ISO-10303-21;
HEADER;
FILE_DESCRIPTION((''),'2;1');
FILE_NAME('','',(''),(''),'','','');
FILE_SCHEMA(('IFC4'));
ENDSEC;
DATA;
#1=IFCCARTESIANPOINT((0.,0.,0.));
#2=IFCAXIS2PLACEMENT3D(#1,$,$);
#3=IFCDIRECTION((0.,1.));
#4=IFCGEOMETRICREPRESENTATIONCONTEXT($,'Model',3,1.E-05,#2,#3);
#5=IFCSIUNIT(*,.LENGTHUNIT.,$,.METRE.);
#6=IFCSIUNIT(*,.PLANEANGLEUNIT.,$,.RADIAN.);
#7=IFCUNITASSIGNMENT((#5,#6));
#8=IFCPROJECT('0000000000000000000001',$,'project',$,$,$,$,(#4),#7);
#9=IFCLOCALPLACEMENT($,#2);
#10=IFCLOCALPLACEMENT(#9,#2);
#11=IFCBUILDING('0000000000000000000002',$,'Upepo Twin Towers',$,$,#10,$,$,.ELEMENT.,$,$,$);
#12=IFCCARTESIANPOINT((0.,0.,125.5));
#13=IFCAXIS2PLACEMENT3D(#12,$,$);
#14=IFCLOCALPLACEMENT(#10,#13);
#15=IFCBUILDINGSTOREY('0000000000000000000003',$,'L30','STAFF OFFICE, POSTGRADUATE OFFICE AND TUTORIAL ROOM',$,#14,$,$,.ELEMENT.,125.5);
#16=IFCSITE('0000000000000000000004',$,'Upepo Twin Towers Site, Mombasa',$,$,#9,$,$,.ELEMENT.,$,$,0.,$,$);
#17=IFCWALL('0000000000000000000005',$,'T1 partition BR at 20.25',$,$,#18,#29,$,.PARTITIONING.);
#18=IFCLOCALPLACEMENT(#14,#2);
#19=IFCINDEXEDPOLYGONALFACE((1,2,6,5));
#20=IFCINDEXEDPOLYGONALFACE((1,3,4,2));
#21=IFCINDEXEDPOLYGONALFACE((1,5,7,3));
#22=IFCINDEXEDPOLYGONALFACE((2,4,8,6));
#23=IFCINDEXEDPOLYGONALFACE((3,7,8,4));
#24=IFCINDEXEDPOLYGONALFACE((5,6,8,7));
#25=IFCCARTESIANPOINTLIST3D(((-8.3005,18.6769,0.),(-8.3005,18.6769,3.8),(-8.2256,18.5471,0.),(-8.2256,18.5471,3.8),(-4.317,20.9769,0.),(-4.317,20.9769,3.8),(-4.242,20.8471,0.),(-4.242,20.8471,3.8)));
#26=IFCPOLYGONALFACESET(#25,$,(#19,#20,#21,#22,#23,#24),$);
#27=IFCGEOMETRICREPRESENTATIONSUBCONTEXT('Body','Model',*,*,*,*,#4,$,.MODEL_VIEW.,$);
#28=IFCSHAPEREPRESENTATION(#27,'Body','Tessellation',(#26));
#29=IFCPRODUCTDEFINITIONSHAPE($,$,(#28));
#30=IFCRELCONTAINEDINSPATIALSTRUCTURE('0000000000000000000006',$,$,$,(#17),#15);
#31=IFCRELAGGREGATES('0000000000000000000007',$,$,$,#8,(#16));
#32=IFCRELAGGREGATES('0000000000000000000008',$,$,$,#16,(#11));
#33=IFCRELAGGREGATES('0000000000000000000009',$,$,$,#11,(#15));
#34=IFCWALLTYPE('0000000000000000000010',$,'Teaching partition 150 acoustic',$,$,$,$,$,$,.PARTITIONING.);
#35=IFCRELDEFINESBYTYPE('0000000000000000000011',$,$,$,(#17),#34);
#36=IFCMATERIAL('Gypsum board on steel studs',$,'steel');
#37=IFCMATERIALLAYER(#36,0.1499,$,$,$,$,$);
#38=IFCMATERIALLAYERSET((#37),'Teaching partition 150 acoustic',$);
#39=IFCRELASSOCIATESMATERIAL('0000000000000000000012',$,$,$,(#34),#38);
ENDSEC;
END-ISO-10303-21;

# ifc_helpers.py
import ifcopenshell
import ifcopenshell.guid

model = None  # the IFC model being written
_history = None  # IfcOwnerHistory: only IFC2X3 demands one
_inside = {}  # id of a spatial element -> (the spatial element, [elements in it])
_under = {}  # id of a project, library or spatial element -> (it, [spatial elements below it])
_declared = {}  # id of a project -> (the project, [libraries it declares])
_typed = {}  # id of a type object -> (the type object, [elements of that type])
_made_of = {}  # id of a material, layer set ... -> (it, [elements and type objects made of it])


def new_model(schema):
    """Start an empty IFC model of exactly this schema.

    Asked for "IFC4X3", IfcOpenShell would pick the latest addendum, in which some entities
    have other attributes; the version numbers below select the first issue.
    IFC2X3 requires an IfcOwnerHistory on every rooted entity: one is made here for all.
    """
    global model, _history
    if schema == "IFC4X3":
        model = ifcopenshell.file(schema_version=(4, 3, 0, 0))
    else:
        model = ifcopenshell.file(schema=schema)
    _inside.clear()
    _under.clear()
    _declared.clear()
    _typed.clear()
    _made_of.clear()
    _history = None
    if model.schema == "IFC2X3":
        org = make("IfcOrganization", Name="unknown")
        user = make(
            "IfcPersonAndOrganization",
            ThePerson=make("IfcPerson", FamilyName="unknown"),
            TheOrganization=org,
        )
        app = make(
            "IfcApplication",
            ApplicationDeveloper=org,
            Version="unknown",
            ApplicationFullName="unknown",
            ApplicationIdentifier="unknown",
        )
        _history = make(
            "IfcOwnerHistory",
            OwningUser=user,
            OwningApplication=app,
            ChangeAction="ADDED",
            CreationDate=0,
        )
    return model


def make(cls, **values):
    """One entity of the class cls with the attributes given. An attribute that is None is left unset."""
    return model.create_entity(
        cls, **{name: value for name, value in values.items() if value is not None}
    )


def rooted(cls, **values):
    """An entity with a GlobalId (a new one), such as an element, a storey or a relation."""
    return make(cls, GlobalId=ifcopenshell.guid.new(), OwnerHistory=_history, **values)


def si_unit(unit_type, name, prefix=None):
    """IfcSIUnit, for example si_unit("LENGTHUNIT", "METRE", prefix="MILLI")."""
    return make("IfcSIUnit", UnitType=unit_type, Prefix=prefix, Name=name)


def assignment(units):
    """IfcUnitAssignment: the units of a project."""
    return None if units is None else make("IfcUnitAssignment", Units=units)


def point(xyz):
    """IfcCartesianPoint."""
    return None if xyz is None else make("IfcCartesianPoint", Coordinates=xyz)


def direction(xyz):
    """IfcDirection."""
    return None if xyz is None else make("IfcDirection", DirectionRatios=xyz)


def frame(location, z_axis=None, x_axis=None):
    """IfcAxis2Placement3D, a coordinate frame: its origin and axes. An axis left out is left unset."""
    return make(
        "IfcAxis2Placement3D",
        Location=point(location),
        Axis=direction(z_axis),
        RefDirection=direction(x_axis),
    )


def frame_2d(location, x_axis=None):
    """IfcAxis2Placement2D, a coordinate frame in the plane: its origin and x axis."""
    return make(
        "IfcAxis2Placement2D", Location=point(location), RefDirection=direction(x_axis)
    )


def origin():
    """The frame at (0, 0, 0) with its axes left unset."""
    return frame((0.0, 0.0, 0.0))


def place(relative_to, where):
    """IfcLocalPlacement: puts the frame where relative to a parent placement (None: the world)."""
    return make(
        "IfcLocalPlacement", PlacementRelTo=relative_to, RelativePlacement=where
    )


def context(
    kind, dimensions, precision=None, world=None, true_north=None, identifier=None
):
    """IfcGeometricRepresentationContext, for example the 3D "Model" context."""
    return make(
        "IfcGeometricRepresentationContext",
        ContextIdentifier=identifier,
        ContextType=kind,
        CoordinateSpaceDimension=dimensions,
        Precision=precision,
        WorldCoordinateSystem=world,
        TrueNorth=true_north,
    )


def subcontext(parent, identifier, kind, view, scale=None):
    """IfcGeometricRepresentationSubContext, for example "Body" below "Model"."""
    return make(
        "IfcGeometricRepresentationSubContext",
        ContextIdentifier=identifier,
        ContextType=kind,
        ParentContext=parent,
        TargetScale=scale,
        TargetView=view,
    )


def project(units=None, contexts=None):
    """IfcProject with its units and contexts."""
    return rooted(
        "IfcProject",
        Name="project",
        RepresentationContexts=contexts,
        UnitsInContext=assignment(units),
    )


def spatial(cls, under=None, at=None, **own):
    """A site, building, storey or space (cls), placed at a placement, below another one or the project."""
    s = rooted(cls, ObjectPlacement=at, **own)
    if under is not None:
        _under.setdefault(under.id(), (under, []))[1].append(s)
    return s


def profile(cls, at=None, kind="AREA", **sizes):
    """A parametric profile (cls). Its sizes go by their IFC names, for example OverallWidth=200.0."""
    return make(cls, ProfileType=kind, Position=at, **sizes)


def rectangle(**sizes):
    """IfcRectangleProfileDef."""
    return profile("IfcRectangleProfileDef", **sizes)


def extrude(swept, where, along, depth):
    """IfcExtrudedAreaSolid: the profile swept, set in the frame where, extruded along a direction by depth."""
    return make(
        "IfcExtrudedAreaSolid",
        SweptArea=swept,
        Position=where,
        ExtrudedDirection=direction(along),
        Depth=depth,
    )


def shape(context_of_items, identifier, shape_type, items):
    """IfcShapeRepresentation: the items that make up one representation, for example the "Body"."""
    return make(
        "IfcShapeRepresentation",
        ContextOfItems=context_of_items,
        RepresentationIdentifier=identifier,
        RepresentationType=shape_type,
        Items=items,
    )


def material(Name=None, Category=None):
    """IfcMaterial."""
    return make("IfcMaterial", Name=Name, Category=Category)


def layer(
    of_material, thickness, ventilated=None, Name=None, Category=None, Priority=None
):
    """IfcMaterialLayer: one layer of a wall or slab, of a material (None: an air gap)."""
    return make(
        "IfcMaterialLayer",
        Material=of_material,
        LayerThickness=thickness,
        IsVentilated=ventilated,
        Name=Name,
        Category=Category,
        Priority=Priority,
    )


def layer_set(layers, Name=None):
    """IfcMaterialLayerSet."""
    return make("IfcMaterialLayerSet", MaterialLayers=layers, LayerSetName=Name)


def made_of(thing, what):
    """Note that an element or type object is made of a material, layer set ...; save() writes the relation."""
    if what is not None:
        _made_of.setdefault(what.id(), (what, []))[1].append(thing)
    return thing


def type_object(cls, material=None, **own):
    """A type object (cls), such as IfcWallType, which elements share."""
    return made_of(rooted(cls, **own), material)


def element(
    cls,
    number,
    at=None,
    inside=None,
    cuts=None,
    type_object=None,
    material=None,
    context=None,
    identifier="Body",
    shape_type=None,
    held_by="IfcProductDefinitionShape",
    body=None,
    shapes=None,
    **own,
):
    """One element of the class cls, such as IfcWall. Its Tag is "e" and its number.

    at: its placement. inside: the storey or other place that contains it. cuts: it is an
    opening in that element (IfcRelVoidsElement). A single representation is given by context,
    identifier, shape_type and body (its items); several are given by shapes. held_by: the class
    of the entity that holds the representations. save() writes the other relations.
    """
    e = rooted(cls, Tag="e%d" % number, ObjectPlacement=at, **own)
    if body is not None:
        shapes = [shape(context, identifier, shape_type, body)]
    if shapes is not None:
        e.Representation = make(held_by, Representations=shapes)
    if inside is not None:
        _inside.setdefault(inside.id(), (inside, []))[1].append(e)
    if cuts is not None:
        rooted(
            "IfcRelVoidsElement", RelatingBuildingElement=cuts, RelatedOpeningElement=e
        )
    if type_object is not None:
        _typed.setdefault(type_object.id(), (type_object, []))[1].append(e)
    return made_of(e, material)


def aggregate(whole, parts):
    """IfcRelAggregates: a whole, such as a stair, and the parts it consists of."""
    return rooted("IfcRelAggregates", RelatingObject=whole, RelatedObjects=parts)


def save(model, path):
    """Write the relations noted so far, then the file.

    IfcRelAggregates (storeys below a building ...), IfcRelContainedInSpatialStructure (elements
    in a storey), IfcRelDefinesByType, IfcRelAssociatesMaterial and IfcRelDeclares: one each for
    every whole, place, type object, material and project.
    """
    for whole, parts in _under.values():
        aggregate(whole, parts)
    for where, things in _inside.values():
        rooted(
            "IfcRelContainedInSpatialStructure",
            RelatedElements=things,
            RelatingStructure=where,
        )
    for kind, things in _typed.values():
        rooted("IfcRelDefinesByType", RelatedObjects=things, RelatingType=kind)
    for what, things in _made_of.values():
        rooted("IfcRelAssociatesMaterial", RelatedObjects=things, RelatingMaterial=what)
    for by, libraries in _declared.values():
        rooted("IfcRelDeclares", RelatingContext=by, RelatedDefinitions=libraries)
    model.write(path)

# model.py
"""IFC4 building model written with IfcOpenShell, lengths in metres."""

from ifc_helpers import new_model, si_unit, direction, frame, frame_2d, origin, place, context, subcontext, project, spatial, rectangle, extrude, material, layer, layer_set, type_object, element, save


model = new_model("IFC4")

# Units and contexts
model_context = context("Model", 3, precision=1e-05, world=origin(), true_north=direction((0.0, 1.0)))
body_context = subcontext(model_context, "Body", "Model", "MODEL_VIEW")
ifc_project = project(units=[si_unit("LENGTHUNIT", "METRE"), si_unit("PLANEANGLEUNIT", "RADIAN")], contexts=[model_context])

# Site, building, storey
site_placement = place(None, origin())
site = spatial("IfcSite", under=ifc_project, at=site_placement, Name="Upepo Twin Towers Site, Mombasa", CompositionType="ELEMENT", RefElevation=0.0)
building_placement = place(site_placement, origin())
building = spatial("IfcBuilding", under=site, at=building_placement, Name="Upepo Twin Towers", CompositionType="ELEMENT")
storey_placement = place(building_placement, frame((0.0, 0.0, 125.5)))
storey = spatial("IfcBuildingStorey", under=building, at=storey_placement, Name="L30", Description="STAFF OFFICE, POSTGRADUATE OFFICE AND TUTORIAL ROOM", CompositionType="ELEMENT", Elevation=125.5)

# Shared definitions
ifc_material_1 = material(Name="Gypsum board on steel studs", Category="steel")
ifc_layer_1 = layer(ifc_material_1, 0.1499)
ifc_layer_set_1 = layer_set([ifc_layer_1], Name="Teaching partition 150 acoustic")
wall_type_1 = type_object("IfcWallType", Name="Teaching partition 150 acoustic", PredefinedType="PARTITIONING", material=ifc_layer_set_1)

# Wall
wall_1_placement = place(storey_placement, frame((-8.2629, 18.6121, 0.0), z_axis=(0.0, 0.0, 1.0), x_axis=(0.866017, 0.500015, 0.0)))
element("IfcWall", 1, at=wall_1_placement, inside=storey, type_object=wall_type_1, Name="T1 partition BR at 20.25", PredefinedType="PARTITIONING", context=body_context, shape_type="SweptSolid", body=[
    extrude(rectangle(XDim=4.5999, YDim=0.1499, at=frame_2d((2.2998, 0.0))), origin(), (0.0, 0.0, 1.0), 3.8),
])

save(model, "model.ifc")
